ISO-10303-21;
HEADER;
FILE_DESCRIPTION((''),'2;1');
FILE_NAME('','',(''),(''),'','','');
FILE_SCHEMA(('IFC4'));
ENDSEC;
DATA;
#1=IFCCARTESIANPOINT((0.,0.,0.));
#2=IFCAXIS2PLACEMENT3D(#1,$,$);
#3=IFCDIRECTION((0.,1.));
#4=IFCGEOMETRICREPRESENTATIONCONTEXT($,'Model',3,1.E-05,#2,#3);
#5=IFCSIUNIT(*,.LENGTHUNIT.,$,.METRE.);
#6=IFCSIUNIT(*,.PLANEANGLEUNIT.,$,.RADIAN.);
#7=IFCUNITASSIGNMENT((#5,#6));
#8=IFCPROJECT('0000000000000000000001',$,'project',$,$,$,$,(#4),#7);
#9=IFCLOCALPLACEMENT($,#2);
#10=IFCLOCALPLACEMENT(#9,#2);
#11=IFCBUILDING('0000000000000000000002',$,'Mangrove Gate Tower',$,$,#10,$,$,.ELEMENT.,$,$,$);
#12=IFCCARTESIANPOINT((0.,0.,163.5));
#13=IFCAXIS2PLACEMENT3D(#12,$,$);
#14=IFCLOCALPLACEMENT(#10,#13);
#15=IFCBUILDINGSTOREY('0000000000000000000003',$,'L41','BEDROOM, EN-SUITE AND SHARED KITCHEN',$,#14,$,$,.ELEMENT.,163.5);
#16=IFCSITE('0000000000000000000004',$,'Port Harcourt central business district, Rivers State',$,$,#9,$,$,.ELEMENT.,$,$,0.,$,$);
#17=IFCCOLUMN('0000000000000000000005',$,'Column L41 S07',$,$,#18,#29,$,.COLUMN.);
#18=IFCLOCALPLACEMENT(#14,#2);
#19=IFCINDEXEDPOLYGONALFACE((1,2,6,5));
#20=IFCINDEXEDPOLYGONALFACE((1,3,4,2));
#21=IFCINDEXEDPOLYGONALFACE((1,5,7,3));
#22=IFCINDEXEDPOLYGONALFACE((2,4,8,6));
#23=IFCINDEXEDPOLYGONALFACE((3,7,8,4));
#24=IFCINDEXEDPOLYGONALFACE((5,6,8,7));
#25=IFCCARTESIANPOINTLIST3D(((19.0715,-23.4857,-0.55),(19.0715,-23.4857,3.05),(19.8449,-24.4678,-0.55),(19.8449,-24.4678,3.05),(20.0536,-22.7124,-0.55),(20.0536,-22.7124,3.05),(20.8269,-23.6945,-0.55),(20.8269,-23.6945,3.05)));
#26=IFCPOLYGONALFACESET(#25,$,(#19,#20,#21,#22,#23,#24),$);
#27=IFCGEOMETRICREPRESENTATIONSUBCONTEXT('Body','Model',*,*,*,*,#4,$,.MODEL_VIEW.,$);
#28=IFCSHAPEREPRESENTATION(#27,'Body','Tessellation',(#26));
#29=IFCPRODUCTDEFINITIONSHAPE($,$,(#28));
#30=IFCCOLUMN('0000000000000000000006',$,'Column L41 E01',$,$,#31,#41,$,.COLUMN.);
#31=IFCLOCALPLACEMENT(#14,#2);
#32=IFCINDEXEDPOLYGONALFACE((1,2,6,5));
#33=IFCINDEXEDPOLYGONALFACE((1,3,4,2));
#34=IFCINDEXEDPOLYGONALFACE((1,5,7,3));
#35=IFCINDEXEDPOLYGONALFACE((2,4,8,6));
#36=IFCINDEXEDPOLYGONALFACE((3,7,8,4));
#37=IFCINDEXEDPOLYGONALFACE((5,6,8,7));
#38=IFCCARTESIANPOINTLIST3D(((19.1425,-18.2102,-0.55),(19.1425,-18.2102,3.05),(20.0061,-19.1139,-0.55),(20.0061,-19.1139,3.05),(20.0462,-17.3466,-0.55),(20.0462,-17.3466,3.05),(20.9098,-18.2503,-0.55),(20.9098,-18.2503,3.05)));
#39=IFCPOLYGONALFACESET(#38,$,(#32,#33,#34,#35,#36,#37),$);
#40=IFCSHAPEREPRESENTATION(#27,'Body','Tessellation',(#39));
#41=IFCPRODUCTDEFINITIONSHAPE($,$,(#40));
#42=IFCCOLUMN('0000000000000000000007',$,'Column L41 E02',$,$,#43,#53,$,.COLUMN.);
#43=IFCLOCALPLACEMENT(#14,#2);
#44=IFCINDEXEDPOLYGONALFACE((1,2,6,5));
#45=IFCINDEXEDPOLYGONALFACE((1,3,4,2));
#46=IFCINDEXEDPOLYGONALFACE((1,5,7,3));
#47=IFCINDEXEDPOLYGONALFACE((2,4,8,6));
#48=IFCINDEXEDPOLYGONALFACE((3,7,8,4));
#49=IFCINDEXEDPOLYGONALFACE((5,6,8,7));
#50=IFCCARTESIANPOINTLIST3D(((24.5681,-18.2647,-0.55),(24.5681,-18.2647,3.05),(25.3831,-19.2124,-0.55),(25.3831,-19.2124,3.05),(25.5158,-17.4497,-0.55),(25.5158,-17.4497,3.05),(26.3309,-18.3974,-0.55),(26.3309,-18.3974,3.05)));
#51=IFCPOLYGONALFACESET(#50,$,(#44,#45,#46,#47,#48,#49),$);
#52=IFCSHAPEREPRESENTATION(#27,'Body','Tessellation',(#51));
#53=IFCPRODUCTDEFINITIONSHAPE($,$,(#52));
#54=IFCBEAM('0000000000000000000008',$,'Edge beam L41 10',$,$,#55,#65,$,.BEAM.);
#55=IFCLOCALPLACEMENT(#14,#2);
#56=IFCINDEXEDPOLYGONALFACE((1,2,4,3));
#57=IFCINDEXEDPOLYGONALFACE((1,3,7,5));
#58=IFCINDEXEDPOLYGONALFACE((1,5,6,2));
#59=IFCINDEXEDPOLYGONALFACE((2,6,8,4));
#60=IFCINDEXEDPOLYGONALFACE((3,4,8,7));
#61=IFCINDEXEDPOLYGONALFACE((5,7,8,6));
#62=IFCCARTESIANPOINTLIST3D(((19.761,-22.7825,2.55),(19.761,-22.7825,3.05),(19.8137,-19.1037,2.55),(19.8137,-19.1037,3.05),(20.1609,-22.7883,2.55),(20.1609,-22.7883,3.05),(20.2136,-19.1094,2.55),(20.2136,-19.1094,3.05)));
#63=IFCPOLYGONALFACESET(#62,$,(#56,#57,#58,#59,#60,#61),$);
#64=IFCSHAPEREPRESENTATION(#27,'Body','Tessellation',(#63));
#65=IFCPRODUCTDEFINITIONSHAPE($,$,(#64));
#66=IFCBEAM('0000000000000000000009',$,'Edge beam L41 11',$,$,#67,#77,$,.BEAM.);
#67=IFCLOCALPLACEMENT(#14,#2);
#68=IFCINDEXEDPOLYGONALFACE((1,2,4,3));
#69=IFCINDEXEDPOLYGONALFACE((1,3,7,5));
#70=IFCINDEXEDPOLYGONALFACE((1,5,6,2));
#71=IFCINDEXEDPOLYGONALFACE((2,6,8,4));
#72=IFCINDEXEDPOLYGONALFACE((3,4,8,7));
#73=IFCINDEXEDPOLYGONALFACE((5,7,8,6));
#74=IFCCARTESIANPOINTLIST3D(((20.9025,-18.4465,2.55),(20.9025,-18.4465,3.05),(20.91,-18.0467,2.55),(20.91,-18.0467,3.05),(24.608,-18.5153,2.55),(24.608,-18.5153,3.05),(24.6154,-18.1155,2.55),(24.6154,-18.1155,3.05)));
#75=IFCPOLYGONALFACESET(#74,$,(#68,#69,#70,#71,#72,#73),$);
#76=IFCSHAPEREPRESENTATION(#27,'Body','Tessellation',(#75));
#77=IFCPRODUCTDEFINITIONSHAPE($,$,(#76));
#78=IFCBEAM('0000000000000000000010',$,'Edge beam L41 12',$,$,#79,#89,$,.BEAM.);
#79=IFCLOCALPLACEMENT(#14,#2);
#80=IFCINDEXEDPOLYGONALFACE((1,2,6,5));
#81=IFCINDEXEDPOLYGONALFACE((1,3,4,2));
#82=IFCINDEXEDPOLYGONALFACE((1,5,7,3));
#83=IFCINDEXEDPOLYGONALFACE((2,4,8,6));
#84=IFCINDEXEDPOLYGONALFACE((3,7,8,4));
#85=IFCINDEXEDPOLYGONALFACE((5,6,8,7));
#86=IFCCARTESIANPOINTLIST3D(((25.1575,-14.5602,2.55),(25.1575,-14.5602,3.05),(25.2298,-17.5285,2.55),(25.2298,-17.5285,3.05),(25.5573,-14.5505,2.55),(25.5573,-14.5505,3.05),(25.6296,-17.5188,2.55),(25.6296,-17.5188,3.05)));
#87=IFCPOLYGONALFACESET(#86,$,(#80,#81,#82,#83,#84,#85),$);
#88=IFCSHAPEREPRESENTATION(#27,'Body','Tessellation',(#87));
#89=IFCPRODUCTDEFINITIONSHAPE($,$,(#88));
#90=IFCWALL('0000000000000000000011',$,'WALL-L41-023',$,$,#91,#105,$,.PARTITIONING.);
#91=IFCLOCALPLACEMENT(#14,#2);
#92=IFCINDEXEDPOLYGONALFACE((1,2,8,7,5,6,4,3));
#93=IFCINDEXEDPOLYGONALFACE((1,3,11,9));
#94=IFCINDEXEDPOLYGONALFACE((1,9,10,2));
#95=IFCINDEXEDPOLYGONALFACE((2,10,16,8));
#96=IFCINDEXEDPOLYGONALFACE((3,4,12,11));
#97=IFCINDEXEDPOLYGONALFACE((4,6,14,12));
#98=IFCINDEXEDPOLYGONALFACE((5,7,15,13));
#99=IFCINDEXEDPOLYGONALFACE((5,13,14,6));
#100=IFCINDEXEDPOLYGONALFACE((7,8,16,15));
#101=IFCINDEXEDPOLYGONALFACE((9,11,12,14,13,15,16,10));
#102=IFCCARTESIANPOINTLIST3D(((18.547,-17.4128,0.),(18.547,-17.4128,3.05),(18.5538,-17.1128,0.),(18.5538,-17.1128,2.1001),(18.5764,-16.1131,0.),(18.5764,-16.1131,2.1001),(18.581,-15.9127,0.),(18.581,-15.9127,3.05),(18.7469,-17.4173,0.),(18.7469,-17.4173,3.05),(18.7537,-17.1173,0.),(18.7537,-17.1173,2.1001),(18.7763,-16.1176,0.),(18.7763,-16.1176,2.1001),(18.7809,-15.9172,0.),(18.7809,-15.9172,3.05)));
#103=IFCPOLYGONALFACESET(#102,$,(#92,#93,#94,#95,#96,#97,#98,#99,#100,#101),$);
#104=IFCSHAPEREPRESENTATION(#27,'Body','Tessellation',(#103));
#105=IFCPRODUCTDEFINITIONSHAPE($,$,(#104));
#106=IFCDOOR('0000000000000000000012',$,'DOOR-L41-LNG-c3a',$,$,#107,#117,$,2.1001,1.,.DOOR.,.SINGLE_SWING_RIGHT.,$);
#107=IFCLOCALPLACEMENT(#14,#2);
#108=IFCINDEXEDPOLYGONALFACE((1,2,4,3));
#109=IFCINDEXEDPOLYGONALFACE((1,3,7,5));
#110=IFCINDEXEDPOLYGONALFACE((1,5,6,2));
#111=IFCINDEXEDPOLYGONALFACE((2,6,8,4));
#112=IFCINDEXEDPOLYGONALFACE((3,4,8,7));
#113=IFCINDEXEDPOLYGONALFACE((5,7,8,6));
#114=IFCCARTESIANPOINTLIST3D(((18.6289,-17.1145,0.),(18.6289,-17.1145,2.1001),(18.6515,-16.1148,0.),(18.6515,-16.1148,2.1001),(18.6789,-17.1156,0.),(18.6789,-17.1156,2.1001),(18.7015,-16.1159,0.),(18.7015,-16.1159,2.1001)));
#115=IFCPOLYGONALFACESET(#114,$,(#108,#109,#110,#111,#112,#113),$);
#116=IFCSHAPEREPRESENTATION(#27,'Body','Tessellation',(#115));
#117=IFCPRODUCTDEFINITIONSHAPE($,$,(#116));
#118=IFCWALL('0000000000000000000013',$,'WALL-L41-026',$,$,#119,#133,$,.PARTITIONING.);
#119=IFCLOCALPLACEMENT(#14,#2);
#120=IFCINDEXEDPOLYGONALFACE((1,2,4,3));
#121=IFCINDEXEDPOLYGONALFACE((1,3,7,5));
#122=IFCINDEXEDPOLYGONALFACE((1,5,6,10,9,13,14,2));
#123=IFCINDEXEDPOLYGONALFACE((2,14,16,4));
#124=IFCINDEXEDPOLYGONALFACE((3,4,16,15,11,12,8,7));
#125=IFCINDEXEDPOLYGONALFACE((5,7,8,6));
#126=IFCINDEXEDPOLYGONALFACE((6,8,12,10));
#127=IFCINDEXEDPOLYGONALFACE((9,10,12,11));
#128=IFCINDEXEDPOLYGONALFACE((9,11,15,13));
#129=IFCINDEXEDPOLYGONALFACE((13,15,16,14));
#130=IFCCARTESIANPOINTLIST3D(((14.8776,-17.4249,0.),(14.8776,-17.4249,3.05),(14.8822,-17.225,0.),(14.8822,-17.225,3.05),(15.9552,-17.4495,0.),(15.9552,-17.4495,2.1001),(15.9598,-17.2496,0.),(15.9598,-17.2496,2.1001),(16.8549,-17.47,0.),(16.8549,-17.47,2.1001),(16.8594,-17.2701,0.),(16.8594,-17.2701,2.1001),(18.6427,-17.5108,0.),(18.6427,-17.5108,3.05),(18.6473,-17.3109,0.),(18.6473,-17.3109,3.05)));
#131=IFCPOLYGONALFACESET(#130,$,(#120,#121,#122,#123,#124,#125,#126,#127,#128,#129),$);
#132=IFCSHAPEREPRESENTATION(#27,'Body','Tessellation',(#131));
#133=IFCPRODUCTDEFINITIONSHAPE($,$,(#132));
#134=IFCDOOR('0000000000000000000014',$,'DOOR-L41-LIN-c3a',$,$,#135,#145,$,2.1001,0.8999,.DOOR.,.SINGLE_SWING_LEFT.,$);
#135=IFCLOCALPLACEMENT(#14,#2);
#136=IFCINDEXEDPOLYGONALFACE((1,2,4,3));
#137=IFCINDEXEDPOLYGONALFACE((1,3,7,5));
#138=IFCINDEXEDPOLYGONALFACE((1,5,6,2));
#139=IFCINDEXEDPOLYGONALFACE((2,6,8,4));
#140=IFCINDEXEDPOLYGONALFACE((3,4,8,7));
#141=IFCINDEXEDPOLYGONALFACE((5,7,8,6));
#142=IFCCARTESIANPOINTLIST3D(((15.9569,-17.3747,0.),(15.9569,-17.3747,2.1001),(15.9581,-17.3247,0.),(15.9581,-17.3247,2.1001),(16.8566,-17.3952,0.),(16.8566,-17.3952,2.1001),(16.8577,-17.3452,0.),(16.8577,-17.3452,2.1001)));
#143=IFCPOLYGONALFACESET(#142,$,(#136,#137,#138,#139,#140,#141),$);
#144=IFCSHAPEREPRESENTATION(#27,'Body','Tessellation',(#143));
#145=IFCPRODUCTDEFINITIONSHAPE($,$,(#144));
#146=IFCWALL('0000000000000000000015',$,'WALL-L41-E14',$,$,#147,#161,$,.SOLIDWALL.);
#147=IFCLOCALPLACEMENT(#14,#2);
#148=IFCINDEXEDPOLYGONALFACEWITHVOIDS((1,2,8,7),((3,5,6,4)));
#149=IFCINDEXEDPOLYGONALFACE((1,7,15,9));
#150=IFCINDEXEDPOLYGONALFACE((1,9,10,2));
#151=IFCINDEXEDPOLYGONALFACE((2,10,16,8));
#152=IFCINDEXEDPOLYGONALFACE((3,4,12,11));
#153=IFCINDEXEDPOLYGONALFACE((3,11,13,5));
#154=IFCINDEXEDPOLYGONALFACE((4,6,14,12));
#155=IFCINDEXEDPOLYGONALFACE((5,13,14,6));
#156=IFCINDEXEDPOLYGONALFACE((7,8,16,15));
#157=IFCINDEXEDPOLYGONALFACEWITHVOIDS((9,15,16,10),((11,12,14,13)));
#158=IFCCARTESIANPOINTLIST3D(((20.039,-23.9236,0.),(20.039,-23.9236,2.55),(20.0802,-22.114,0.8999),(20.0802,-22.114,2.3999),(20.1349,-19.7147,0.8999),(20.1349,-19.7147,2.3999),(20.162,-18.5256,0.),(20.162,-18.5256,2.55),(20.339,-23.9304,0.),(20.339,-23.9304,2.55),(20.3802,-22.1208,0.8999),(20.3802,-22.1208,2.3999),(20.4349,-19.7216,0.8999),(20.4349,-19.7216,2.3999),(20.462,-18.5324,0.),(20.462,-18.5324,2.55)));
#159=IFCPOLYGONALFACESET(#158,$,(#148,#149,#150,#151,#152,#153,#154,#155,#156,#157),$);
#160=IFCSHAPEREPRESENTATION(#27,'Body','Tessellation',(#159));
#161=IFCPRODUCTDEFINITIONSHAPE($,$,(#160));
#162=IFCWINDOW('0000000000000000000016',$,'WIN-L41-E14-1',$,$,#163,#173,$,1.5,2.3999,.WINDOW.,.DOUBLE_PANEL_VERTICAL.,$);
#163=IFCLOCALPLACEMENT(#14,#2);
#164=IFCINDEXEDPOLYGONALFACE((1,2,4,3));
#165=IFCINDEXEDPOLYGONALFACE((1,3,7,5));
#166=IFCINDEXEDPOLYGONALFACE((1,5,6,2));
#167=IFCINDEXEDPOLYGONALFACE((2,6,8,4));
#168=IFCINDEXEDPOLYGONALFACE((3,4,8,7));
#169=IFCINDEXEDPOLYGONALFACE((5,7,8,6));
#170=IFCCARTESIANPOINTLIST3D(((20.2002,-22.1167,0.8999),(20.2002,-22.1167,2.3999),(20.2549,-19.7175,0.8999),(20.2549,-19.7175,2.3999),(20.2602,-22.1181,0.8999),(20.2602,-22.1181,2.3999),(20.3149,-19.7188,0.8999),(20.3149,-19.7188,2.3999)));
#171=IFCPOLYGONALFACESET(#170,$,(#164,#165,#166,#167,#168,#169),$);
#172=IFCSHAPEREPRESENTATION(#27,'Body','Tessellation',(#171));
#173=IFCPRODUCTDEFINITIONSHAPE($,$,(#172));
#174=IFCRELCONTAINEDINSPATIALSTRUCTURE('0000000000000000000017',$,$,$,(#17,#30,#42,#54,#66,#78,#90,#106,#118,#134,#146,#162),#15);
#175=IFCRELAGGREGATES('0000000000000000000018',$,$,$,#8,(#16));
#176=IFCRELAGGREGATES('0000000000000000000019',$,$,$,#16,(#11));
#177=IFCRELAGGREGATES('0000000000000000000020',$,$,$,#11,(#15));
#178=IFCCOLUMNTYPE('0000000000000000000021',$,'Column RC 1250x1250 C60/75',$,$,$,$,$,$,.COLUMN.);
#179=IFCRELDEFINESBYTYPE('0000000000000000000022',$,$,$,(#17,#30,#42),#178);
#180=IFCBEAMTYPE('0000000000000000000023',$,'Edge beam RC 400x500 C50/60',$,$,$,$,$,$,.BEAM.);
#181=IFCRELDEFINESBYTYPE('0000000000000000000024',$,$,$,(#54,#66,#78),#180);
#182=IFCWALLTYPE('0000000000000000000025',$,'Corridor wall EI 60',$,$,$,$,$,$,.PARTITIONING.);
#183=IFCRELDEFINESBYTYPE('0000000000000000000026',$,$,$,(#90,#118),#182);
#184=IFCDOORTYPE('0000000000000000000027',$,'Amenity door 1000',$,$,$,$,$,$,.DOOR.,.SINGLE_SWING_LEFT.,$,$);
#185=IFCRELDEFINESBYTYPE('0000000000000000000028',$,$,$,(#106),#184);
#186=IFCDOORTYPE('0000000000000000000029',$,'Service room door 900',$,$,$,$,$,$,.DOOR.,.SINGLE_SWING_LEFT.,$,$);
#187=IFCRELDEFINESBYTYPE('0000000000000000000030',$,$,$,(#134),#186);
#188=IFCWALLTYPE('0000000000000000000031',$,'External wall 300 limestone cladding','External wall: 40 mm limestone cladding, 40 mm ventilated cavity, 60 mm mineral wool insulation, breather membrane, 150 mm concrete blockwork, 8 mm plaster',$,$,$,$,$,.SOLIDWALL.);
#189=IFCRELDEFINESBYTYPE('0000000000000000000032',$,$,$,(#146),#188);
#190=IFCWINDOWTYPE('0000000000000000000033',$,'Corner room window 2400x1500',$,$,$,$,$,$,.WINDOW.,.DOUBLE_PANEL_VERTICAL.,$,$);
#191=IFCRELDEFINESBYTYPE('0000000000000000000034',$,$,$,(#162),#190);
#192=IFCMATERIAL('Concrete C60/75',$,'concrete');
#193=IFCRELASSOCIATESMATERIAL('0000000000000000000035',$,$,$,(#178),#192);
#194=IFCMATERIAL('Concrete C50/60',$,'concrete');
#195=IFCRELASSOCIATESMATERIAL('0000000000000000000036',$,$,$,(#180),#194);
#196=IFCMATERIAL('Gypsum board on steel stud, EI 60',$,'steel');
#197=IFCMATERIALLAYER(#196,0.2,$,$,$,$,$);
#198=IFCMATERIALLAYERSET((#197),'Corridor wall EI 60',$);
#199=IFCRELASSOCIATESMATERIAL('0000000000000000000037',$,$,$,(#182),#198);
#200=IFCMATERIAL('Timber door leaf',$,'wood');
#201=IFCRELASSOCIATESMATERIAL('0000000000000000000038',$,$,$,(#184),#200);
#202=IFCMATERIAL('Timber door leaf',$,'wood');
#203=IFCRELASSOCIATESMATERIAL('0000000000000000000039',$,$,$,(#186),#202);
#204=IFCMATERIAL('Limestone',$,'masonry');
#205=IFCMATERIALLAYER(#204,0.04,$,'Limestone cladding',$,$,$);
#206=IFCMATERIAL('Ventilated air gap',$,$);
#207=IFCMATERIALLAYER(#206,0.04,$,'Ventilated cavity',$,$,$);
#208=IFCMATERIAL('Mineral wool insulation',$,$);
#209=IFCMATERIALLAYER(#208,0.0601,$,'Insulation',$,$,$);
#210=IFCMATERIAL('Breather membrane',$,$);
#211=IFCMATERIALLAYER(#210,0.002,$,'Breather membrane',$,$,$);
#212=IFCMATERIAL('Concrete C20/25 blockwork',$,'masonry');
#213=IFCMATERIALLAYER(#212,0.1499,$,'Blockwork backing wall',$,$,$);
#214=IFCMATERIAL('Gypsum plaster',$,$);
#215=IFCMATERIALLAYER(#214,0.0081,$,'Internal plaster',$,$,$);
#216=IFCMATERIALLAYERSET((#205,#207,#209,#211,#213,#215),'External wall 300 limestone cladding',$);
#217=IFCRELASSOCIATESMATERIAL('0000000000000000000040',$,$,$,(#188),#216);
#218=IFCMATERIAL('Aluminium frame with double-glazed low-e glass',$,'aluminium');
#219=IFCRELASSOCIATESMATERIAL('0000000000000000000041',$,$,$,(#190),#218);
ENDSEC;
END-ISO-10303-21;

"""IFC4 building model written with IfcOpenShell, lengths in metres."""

from ifc_helpers import new_model, si_unit, direction, frame, frame_2d, origin, origin_2d, place, context, subcontext, project, spatial, rectangle, extrude, material, layer, layer_set, material_profile, profile_set, type_object, element, fill, save


model = new_model("IFC4")

# Units and contexts
model_context = context("Model", 3, precision=1e-05, world=origin(), true_north=direction((0.0, 1.0)))
body_context = subcontext(model_context, "Body", "Model", "MODEL_VIEW")
ifc_project = project(units=[si_unit("LENGTHUNIT", "METRE"), si_unit("PLANEANGLEUNIT", "RADIAN")], contexts=[model_context])

# Site, building, storey
site_placement = place(None, origin())
site = spatial("IfcSite", under=ifc_project, at=site_placement, Name="Port Harcourt central business district, Rivers State", CompositionType="ELEMENT", RefElevation=0.0)
building_placement = place(site_placement, origin())
building = spatial("IfcBuilding", under=site, at=building_placement, Name="Mangrove Gate Tower", CompositionType="ELEMENT")
storey_placement = place(building_placement, frame((0.0, 0.0, 163.5)))
storey = spatial("IfcBuildingStorey", under=building, at=storey_placement, Name="L41", Description="BEDROOM, EN-SUITE AND SHARED KITCHEN", CompositionType="ELEMENT", Elevation=163.5)

# Columns
ifc_material_1 = material(Name="Concrete C60/75", Category="concrete")
ifc_material_profile_1 = material_profile(ifc_material_1, rectangle(XDim=1.25, YDim=1.25, at=origin_2d()))
ifc_profile_set_1 = profile_set([ifc_material_profile_1], Name="Concrete C60/75")
column_type = type_object("IfcColumnType", Name="Column RC 1250x1250 C60/75", PredefinedType="COLUMN", material=ifc_profile_set_1)
for number, where, z_axis, x_axis, name in (
    (1, (19.9492, -23.5901, -0.55), (0.0, 0.0, 1.0), (0.785651, 0.61867, 0.0), "Column L41 S07"),
    (2, (20.0261, -18.2302, -0.55), (0.0, 0.0, 1.0), (0.722966, 0.690884, 0.0), "Column L41 E01"),
    (3, (25.4495, -18.3311, -0.55), (0.0, 0.0, 1.0), (0.758168, 0.65206, 0.0), "Column L41 E02"),
):
    element("IfcColumn", number, at=place(storey_placement, frame(where, z_axis=z_axis, x_axis=x_axis)), inside=storey, type_object=column_type, Name=name, PredefinedType="COLUMN", context=body_context, shape_type="SweptSolid", body=[
        extrude(rectangle(XDim=1.25, YDim=1.25, at=origin_2d()), origin(), (0.0, 0.0, 1.0), 3.6001),
    ])

# Beams
ifc_material_2 = material(Name="Concrete C50/60", Category="concrete")
ifc_material_profile_2 = material_profile(ifc_material_2, rectangle(XDim=0.3999, YDim=0.5, at=origin_2d()))
ifc_profile_set_2 = profile_set([ifc_material_profile_2], Name="Concrete C50/60")
beam_type = type_object("IfcBeamType", Name="Edge beam RC 400x500 C50/60", PredefinedType="BEAM", material=ifc_profile_set_2)
beam_1_placement = place(storey_placement, frame((19.9609, -22.7854, 2.8), z_axis=(0.014334, 0.999897, 0.0), x_axis=(-0.999897, 0.014334, 0.0)))
element("IfcBeam", 4, at=beam_1_placement, inside=storey, type_object=beam_type, Name="Edge beam L41 10", PredefinedType="BEAM", context=body_context, shape_type="SweptSolid", body=[
    extrude(rectangle(XDim=0.3999, YDim=0.5, at=origin_2d()), origin(), (0.0, 0.0, 1.0), 3.6792),
])
beam_2_placement = place(storey_placement, frame((20.9062, -18.2466, 2.8), z_axis=(0.999827, -0.018578, 0.0), x_axis=(0.018578, 0.999827, 0.0)))
element("IfcBeam", 5, at=beam_2_placement, inside=storey, type_object=beam_type, Name="Edge beam L41 11", PredefinedType="BEAM", context=body_context, shape_type="SweptSolid", body=[
    extrude(rectangle(XDim=0.3999, YDim=0.5, at=origin_2d()), origin(), (0.0, 0.0, 1.0), 3.7061),
])
beam_3_placement = place(storey_placement, frame((25.4297, -17.5237, 2.8), z_axis=(-0.024339, 0.999704, 0.0), x_axis=(-0.999704, -0.024339, 0.0)))
element("IfcBeam", 6, at=beam_3_placement, inside=storey, type_object=beam_type, Name="Edge beam L41 12", PredefinedType="BEAM", context=body_context, shape_type="SweptSolid", body=[
    extrude(rectangle(XDim=0.3999, YDim=0.5, at=origin_2d()), origin(), (0.0, 0.0, 1.0), 2.9692),
])

# Walls, openings, doors
ifc_material_3 = material(Name="Gypsum board on steel stud, EI 60", Category="steel")
ifc_layer_1 = layer(ifc_material_3, 0.2)
ifc_layer_set_1 = layer_set([ifc_layer_1], Name="Corridor wall EI 60")
wall_type_1 = type_object("IfcWallType", Name="Corridor wall EI 60", PredefinedType="PARTITIONING", material=ifc_layer_set_1)
wall_1_placement = place(storey_placement, frame((18.647, -17.415, 0.0), z_axis=(0.0, 0.0, 1.0), x_axis=(0.022618, 0.999744, 0.0)))
wall_1 = element("IfcWall", 7, at=wall_1_placement, inside=storey, type_object=wall_type_1, Name="WALL-L41-023", PredefinedType="PARTITIONING", context=body_context, shape_type="SweptSolid", body=[
    extrude(rectangle(XDim=1.5005, YDim=0.2, at=frame_2d((0.7502, 0.0))), origin(), (0.0, 0.0, 1.0), 3.05),
])
opening_1_placement = place(wall_1_placement, frame((0.3, 0.0, 0.0)))
opening_1 = element("IfcOpeningElement", 8, at=opening_1_placement, cuts=wall_1, PredefinedType="OPENING", context=body_context, shape_type="SweptSolid", body=[
    extrude(rectangle(XDim=1.0, YDim=2.1001, at=frame_2d((0.5, 1.05))), frame((0.0, 0.1099, 0.0), z_axis=(0.0, -1.0, 0.0), x_axis=(1.0, 0.0, 0.0)), (0.0, 0.0, 1.0), 0.22),
])
ifc_material_4 = material(Name="Timber door leaf", Category="wood")
door_type_1 = type_object("IfcDoorType", Name="Amenity door 1000", OperationType="SINGLE_SWING_LEFT", PredefinedType="DOOR", material=ifc_material_4)
door_1_placement = place(opening_1_placement, origin())
door_1 = element("IfcDoor", 9, at=door_1_placement, inside=storey, type_object=door_type_1, Name="DOOR-L41-LNG-c3a", OperationType="SINGLE_SWING_RIGHT", OverallHeight=2.1001, OverallWidth=1.0, PredefinedType="DOOR", context=body_context, shape_type="SweptSolid", body=[
    extrude(rectangle(XDim=1.0, YDim=2.1001, at=frame_2d((0.5, 1.05))), frame((0.0, 0.0249, 0.0), z_axis=(0.0, -1.0, 0.0), x_axis=(1.0, 0.0, 0.0)), (0.0, 0.0, 1.0), 0.05),
])
fill(opening_1, door_1)
wall_2_placement = place(storey_placement, frame((14.8799, -17.325, 0.0), z_axis=(0.0, 0.0, 1.0), x_axis=(0.99974, -0.022819, 0.0)))
wall_2 = element("IfcWall", 10, at=wall_2_placement, inside=storey, type_object=wall_type_1, Name="WALL-L41-026", PredefinedType="PARTITIONING", context=body_context, shape_type="SweptSolid", body=[
    extrude(rectangle(XDim=3.7661, YDim=0.2, at=frame_2d((1.8831, 0.0))), origin(), (0.0, 0.0, 1.0), 3.05),
])
opening_2_placement = place(wall_2_placement, frame((1.0779, 0.0, 0.0)))
opening_2 = element("IfcOpeningElement", 11, at=opening_2_placement, cuts=wall_2, PredefinedType="OPENING", context=body_context, shape_type="SweptSolid", body=[
    extrude(rectangle(XDim=0.8999, YDim=2.1001, at=frame_2d((0.45, 1.05))), frame((0.0, 0.1099, 0.0), z_axis=(0.0, -1.0, 0.0), x_axis=(1.0, 0.0, 0.0)), (0.0, 0.0, 1.0), 0.22),
])
ifc_material_5 = material(Name="Timber door leaf", Category="wood")
door_type_2 = type_object("IfcDoorType", Name="Service room door 900", OperationType="SINGLE_SWING_LEFT", PredefinedType="DOOR", material=ifc_material_5)
door_2_placement = place(opening_2_placement, origin())
door_2 = element("IfcDoor", 12, at=door_2_placement, inside=storey, type_object=door_type_2, Name="DOOR-L41-LIN-c3a", OperationType="SINGLE_SWING_LEFT", OverallHeight=2.1001, OverallWidth=0.8999, PredefinedType="DOOR", context=body_context, shape_type="SweptSolid", body=[
    extrude(rectangle(XDim=0.8999, YDim=2.1001, at=frame_2d((0.45, 1.05))), frame((0.0, 0.0249, 0.0), z_axis=(0.0, -1.0, 0.0), x_axis=(1.0, 0.0, 0.0)), (0.0, 0.0, 1.0), 0.05),
])
fill(opening_2, door_2)

# Shared definitions
ifc_material_6 = material(Name="Limestone", Category="masonry")
ifc_layer_2 = layer(ifc_material_6, 0.04, Name="Limestone cladding")
ifc_material_7 = material(Name="Ventilated air gap")
ifc_layer_3 = layer(ifc_material_7, 0.04, Name="Ventilated cavity")
ifc_material_8 = material(Name="Mineral wool insulation")
ifc_layer_4 = layer(ifc_material_8, 0.0601, Name="Insulation")
ifc_material_9 = material(Name="Breather membrane")
ifc_layer_5 = layer(ifc_material_9, 0.002, Name="Breather membrane")
ifc_material_10 = material(Name="Concrete C20/25 blockwork", Category="masonry")
ifc_layer_6 = layer(ifc_material_10, 0.1499, Name="Blockwork backing wall")
ifc_material_11 = material(Name="Gypsum plaster")
ifc_layer_7 = layer(ifc_material_11, 0.0081, Name="Internal plaster")
ifc_layer_set_2 = layer_set([ifc_layer_2, ifc_layer_3, ifc_layer_4, ifc_layer_5, ifc_layer_6, ifc_layer_7], Name="External wall 300 limestone cladding")
wall_type_2 = type_object("IfcWallType", Name="External wall 300 limestone cladding", Description="External wall: 40 mm limestone cladding, 40 mm ventilated cavity, 60 mm mineral wool insulation, breather membrane, 150 mm concrete blockwork, 8 mm plaster", PredefinedType="SOLIDWALL", material=ifc_layer_set_2)

# Wall, opening, window
wall_3_placement = place(storey_placement, frame((20.189, -23.927, 0.0), z_axis=(0.0, 0.0, 1.0), x_axis=(0.022789, 0.99974, 0.0)))
wall_3 = element("IfcWall", 13, at=wall_3_placement, inside=storey, type_object=wall_type_2, Name="WALL-L41-E14", PredefinedType="SOLIDWALL", context=body_context, shape_type="SweptSolid", body=[
    extrude(rectangle(XDim=5.3994, YDim=0.3, at=frame_2d((2.6997, 0.0))), origin(), (0.0, 0.0, 1.0), 2.55),
])
opening_3_placement = place(wall_3_placement, frame((1.8101, 0.0, 0.8999)))
opening_3 = element("IfcOpeningElement", 14, at=opening_3_placement, cuts=wall_3, PredefinedType="OPENING", context=body_context, shape_type="SweptSolid", body=[
    extrude(rectangle(XDim=2.3999, YDim=1.5, at=frame_2d((1.2, 0.75))), frame((0.0, 0.1599, 0.0), z_axis=(0.0, -1.0, 0.0), x_axis=(1.0, 0.0, 0.0)), (0.0, 0.0, 1.0), 0.3201),
])
ifc_material_12 = material(Name="Aluminium frame with double-glazed low-e glass", Category="aluminium")
window_type_1 = type_object("IfcWindowType", Name="Corner room window 2400x1500", PartitioningType="DOUBLE_PANEL_VERTICAL", PredefinedType="WINDOW", material=ifc_material_12)
window_1_placement = place(opening_3_placement, origin())
window_1 = element("IfcWindow", 15, at=window_1_placement, inside=storey, type_object=window_type_1, Name="WIN-L41-E14-1", OverallHeight=1.5, OverallWidth=2.3999, PartitioningType="DOUBLE_PANEL_VERTICAL", PredefinedType="WINDOW", context=body_context, shape_type="SweptSolid", body=[
    extrude(rectangle(XDim=2.3999, YDim=1.5, at=frame_2d((1.2, 0.75))), frame((0.0, 0.03, 0.0), z_axis=(0.0, -1.0, 0.0), x_axis=(1.0, 0.0, 0.0)), (0.0, 0.0, 1.0), 0.0601),
])
fill(opening_3, window_1)

save(model, "model.ifc")
